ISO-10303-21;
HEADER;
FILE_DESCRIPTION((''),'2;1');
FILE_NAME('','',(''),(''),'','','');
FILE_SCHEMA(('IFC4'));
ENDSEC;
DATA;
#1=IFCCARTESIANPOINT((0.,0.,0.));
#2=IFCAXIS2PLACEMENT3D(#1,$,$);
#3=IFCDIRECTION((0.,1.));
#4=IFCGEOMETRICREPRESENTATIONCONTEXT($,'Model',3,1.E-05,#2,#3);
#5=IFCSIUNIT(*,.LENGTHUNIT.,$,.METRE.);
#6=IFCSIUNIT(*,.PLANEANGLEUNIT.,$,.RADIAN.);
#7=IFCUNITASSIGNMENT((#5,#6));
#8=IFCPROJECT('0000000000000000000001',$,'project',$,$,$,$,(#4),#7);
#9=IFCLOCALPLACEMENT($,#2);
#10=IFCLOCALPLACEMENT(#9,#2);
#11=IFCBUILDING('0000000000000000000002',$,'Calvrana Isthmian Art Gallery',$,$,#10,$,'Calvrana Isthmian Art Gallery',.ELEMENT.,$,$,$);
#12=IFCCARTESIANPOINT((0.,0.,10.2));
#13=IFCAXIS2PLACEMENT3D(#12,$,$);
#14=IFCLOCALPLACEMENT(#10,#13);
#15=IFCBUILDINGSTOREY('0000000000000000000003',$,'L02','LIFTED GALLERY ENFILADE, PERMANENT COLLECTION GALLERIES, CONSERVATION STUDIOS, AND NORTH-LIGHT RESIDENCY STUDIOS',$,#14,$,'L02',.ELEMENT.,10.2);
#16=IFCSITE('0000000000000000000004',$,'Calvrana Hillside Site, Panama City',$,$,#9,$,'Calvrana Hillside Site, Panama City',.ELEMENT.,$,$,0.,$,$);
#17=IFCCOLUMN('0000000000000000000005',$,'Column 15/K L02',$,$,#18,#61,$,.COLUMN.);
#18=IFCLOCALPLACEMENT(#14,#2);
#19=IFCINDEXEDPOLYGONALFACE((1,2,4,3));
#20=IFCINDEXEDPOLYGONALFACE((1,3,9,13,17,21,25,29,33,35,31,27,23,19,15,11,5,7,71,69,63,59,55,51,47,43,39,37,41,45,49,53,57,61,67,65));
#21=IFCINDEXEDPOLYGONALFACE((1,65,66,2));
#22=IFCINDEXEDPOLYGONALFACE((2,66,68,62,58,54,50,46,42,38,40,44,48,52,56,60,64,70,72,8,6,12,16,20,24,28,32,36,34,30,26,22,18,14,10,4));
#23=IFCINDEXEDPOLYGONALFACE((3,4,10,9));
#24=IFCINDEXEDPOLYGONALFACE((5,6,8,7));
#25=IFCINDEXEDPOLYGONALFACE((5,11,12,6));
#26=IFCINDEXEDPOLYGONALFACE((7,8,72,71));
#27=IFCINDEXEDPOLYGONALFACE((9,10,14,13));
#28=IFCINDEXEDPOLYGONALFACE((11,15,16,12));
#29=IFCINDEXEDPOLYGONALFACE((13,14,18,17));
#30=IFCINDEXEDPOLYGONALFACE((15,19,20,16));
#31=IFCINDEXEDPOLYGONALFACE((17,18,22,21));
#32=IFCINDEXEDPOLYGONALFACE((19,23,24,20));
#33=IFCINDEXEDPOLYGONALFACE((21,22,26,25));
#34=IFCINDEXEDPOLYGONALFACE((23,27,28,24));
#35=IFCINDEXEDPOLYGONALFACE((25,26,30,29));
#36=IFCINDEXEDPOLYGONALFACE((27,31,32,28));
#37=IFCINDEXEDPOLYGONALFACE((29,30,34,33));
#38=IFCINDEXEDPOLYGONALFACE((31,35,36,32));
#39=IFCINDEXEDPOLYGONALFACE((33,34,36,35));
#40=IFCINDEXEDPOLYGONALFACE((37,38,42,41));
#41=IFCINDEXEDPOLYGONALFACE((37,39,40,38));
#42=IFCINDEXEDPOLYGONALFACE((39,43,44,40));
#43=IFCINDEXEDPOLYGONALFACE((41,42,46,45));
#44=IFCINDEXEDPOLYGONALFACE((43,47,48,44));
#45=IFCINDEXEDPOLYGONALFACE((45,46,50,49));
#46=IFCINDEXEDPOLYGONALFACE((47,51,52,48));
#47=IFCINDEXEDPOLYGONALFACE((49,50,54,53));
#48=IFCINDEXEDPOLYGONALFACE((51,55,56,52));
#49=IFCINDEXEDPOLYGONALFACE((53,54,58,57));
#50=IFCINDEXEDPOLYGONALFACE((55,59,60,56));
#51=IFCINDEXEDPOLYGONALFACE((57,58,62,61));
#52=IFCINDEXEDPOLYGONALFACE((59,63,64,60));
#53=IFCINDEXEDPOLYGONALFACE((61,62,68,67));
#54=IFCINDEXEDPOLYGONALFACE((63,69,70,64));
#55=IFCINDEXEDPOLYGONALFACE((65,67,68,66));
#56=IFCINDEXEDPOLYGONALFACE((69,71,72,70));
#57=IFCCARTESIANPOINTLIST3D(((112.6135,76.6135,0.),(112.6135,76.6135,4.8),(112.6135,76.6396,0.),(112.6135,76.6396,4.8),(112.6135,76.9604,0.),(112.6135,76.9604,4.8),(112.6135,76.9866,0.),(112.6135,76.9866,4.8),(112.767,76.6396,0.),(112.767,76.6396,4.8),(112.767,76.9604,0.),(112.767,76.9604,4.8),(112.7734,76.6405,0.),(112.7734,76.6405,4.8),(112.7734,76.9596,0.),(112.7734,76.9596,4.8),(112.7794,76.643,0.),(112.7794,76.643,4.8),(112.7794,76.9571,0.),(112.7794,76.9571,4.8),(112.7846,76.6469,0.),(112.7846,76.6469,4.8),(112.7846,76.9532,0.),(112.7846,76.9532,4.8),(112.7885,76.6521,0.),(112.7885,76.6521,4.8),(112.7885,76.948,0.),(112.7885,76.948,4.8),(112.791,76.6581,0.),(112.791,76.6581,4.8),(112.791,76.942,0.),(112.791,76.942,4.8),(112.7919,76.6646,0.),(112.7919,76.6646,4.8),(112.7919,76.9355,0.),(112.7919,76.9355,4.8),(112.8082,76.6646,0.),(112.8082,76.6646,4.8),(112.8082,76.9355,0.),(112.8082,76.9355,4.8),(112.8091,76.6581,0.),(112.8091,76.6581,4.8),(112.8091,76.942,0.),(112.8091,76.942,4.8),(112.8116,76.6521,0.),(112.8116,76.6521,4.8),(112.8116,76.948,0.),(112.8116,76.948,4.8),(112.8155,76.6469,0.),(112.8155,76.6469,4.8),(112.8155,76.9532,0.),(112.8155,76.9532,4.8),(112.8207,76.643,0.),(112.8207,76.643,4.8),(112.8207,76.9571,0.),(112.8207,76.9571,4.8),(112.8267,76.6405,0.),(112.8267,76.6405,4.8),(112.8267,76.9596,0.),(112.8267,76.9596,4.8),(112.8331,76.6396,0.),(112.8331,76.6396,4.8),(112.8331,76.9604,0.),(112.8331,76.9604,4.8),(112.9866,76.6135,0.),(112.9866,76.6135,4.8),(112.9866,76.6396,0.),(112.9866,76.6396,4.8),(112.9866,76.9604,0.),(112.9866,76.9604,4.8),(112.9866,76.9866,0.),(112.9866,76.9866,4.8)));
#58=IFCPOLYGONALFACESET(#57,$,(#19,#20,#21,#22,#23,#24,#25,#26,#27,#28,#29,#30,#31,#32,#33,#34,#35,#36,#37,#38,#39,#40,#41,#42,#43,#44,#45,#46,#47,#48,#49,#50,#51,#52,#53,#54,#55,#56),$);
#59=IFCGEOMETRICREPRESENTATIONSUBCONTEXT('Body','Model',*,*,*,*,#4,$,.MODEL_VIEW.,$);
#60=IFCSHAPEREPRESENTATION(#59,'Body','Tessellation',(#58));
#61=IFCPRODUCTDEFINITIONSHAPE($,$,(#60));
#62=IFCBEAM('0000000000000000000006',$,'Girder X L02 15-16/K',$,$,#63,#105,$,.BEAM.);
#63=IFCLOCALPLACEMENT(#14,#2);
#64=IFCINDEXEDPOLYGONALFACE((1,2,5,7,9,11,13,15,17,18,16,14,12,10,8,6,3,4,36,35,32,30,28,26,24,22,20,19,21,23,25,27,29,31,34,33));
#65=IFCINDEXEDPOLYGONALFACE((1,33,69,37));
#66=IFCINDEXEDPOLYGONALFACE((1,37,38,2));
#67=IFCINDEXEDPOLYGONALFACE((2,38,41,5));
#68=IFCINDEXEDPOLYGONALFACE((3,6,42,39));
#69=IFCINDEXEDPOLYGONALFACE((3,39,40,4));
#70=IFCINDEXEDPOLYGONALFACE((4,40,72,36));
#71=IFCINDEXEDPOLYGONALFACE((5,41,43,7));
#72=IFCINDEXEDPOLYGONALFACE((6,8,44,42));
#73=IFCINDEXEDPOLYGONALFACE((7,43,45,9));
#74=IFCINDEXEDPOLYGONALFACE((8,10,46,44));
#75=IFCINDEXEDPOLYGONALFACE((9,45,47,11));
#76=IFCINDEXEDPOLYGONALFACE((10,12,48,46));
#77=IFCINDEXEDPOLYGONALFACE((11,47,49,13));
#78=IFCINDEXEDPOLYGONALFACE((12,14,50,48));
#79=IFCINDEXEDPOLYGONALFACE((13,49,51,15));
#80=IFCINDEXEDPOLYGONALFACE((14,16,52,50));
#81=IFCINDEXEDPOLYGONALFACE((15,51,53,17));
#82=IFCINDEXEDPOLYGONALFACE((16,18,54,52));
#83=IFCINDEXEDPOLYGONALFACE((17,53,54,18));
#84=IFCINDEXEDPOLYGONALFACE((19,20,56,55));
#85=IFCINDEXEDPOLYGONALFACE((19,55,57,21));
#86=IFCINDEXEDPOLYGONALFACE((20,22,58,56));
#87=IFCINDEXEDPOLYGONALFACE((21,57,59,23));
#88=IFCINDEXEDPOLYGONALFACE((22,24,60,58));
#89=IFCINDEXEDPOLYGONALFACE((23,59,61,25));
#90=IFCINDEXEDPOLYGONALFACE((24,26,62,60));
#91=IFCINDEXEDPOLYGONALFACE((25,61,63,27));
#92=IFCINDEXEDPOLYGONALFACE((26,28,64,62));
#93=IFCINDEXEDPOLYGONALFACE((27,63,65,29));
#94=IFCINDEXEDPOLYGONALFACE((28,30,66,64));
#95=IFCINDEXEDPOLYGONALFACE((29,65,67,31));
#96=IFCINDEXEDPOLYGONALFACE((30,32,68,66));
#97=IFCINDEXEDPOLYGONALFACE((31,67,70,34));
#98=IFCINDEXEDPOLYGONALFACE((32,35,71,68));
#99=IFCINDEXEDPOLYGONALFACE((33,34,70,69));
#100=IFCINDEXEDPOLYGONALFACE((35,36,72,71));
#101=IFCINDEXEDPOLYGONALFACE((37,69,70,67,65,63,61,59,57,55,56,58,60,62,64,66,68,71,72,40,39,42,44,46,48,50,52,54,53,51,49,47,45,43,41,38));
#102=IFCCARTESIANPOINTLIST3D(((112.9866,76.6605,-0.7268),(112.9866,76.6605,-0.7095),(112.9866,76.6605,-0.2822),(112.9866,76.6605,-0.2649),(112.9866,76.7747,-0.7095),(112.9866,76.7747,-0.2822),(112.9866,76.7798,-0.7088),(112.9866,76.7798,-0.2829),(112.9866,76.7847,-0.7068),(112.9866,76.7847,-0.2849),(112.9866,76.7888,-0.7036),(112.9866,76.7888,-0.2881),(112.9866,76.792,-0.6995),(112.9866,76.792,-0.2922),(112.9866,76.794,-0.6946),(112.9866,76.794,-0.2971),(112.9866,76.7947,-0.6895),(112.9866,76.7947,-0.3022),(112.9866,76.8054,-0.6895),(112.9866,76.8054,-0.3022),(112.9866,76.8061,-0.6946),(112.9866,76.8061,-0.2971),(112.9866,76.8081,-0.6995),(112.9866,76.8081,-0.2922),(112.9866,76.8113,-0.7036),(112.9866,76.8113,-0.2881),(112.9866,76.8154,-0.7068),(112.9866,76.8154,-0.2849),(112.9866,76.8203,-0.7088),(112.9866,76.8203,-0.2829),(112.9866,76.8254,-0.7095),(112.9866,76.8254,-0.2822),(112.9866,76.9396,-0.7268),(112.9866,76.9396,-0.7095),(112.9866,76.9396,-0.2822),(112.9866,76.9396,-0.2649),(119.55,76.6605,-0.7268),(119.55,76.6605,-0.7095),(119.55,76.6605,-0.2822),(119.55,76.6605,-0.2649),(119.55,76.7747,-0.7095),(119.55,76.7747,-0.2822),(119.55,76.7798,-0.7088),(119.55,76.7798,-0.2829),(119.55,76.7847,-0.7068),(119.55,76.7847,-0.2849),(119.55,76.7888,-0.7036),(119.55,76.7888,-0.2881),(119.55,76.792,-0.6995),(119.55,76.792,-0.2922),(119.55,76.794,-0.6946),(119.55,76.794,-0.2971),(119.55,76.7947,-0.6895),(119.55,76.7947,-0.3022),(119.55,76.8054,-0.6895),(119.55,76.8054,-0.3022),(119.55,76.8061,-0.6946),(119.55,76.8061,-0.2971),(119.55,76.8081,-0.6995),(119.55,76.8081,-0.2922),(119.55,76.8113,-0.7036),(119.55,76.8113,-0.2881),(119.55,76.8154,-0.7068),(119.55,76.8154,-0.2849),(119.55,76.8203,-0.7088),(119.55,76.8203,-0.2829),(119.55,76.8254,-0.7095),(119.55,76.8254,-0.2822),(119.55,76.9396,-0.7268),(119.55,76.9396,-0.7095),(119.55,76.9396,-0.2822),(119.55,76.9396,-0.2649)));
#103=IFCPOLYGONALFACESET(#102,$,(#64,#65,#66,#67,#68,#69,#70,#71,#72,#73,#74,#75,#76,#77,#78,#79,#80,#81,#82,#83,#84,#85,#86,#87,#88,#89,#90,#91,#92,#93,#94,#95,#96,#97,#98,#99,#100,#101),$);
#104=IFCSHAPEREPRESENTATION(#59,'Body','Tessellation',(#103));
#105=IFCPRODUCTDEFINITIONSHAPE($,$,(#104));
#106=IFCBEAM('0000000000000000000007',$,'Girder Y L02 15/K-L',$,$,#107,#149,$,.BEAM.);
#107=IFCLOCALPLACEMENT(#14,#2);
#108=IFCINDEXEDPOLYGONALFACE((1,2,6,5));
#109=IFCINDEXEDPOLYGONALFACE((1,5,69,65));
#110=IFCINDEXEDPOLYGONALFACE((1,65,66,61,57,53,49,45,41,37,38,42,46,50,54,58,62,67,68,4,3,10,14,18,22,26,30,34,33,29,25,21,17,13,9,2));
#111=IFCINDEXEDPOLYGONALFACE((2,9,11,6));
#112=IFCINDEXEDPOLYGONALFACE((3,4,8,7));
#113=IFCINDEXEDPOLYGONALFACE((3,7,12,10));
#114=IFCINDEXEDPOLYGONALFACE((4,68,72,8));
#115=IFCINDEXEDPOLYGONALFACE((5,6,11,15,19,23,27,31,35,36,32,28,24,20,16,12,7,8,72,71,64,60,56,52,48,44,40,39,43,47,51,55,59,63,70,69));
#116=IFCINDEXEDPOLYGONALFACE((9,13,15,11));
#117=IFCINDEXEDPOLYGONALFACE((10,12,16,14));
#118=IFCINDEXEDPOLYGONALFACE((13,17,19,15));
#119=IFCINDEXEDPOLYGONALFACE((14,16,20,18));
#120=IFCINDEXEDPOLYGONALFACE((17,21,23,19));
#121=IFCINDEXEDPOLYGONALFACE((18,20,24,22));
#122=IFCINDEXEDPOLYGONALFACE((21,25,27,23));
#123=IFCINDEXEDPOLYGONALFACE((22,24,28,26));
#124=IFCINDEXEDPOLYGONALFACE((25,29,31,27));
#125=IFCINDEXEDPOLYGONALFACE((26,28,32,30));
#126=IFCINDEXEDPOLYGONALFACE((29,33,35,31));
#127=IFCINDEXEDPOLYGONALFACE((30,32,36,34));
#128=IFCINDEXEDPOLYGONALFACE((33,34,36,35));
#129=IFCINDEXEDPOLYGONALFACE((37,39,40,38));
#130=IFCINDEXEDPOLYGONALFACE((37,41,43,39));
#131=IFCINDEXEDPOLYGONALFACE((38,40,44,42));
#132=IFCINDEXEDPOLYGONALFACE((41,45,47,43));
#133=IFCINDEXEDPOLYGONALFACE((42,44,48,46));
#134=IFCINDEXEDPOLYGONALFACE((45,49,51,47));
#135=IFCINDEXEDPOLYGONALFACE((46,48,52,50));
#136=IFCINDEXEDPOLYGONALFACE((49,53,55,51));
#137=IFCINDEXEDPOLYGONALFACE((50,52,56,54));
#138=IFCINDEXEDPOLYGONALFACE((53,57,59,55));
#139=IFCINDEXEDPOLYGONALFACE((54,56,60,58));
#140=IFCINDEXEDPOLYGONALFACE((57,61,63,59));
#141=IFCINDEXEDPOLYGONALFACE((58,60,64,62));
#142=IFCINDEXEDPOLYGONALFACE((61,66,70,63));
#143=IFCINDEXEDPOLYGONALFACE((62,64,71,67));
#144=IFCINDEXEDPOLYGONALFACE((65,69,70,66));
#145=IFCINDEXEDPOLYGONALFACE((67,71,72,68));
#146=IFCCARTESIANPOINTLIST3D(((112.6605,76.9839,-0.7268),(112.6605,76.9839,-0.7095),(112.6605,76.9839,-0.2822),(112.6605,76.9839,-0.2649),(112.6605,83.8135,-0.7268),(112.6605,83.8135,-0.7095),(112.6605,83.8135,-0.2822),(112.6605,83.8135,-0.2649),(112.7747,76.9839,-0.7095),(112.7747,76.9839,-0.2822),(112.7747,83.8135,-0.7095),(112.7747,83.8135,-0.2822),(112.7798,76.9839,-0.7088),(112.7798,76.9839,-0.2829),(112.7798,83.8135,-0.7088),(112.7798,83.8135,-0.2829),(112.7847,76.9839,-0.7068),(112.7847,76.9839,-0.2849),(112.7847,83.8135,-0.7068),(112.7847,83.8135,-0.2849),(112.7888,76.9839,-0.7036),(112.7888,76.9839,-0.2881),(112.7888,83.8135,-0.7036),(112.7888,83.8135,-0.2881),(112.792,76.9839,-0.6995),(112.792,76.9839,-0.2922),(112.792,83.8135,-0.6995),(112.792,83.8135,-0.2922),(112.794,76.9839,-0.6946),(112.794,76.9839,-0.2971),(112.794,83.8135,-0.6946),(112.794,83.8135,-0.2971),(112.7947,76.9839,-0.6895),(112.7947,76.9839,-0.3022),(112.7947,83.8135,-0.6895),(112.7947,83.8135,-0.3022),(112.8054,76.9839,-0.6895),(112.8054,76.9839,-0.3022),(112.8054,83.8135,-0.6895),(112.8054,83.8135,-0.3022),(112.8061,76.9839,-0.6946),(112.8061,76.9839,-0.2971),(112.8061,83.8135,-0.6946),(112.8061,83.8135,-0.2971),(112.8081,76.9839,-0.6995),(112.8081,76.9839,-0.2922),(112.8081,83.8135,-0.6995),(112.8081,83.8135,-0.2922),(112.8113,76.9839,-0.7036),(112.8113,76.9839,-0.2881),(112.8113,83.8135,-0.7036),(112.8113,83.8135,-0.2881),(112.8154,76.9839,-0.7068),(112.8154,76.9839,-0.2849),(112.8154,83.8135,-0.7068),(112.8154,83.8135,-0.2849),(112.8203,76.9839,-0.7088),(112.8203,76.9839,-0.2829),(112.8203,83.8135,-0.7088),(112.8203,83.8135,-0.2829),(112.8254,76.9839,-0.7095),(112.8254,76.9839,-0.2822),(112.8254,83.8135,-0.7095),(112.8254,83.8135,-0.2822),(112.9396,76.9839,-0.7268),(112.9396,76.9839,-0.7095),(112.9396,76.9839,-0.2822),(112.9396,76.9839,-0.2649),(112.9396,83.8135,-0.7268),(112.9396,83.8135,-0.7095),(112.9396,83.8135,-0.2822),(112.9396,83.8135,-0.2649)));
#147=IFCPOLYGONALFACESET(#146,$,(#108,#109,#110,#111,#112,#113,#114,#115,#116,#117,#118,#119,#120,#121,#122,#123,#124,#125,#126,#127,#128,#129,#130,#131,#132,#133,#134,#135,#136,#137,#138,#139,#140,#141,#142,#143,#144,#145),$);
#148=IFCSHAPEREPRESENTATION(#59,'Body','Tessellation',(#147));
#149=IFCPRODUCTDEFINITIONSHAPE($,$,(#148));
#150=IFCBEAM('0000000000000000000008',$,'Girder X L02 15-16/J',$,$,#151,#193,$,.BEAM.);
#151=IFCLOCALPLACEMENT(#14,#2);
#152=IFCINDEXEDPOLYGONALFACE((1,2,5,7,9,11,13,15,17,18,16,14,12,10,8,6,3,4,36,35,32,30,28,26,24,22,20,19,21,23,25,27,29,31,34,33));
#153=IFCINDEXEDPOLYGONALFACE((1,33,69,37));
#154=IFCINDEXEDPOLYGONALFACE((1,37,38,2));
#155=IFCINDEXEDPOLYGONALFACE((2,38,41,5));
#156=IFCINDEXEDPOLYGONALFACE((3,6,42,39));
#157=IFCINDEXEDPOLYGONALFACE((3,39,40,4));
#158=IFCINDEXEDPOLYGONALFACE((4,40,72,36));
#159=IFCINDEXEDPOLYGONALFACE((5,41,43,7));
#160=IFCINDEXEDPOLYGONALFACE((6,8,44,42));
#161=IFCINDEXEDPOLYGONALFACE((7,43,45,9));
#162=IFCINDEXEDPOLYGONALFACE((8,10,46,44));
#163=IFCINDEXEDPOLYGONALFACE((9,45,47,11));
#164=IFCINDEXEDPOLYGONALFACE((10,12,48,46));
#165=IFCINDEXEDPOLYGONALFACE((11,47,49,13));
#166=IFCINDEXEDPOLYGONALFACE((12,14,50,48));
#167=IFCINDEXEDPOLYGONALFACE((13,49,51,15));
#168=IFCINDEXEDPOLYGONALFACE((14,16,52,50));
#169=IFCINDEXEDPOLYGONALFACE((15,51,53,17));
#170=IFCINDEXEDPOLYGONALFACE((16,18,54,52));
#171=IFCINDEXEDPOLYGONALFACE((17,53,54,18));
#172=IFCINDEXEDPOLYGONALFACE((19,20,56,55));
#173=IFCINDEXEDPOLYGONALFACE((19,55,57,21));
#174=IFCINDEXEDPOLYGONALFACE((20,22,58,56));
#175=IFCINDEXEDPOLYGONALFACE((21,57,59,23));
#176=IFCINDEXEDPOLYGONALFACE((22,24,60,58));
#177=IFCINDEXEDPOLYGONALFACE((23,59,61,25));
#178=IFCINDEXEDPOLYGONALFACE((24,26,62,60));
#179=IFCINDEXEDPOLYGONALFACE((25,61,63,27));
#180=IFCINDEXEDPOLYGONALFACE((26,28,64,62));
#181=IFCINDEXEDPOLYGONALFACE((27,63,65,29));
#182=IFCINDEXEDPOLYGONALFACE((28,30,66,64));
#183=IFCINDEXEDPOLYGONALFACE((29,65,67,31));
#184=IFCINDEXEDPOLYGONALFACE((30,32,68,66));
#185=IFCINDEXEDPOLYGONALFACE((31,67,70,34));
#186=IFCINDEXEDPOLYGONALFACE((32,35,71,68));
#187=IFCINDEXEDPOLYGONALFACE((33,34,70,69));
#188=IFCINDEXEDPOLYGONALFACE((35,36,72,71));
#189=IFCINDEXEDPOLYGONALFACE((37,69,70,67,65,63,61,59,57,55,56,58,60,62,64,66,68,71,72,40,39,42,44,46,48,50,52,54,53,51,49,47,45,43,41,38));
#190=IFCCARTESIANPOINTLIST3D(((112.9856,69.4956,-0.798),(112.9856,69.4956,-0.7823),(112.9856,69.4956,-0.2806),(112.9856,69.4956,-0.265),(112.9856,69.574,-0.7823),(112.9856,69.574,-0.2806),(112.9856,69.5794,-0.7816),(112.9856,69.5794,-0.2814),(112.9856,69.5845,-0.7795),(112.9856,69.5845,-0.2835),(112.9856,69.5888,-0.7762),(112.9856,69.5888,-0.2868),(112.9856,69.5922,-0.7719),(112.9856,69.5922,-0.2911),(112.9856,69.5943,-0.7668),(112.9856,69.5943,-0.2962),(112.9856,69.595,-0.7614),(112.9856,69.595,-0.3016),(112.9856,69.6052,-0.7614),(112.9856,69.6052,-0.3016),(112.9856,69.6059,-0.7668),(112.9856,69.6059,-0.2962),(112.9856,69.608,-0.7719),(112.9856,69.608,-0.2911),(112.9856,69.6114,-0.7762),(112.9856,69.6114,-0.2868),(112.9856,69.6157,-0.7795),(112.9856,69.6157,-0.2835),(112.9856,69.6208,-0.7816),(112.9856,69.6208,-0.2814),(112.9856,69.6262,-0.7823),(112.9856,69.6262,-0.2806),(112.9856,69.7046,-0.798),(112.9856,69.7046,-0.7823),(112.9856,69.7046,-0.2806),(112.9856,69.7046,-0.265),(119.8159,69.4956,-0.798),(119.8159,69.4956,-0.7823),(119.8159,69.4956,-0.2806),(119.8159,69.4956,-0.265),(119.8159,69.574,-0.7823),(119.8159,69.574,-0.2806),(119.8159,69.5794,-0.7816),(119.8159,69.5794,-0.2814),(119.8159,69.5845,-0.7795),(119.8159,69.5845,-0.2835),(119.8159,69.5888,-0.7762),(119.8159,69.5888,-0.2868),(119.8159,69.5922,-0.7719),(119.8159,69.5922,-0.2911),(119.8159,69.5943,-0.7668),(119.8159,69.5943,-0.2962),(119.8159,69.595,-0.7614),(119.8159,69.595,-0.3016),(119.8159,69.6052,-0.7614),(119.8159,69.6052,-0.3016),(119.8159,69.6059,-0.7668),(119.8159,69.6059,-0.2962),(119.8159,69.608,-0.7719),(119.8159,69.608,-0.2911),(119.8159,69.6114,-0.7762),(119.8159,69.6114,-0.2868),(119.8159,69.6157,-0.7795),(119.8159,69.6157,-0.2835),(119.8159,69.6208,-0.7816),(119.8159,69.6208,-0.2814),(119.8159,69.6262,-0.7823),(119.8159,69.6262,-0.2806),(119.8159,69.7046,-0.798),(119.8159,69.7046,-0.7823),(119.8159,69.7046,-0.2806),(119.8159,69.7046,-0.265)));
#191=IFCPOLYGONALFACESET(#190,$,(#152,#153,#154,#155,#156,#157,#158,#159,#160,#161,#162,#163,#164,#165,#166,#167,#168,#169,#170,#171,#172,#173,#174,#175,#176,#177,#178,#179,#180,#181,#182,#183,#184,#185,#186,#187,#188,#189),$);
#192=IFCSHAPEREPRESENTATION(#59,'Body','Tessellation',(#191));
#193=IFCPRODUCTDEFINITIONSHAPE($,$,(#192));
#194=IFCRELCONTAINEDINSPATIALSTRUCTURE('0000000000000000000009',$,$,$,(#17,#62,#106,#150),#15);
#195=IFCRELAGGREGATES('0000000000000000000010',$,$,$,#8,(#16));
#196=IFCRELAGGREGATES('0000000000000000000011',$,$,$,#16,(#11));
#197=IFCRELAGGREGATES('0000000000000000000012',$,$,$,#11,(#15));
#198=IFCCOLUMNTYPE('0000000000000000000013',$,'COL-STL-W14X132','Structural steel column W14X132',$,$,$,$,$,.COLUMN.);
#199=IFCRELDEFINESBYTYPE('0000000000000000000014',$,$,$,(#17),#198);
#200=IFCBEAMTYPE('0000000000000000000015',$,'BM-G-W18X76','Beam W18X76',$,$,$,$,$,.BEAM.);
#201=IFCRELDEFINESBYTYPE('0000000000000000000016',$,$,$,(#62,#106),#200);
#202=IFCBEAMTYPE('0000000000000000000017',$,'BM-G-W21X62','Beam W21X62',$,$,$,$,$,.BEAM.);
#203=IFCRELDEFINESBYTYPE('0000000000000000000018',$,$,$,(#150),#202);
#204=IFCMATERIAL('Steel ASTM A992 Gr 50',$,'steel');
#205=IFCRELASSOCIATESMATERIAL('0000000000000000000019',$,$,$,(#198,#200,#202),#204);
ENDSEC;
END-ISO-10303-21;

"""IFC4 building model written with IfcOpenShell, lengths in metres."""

from ifc_helpers import new_model, si_unit, direction, frame, origin, origin_2d, place, context, subcontext, project, spatial, i_section, extrude, material, material_profile, profile_set, type_object, element, save


model = new_model("IFC4")

# Units and contexts
model_context = context("Model", 3, precision=1e-05, world=origin(), true_north=direction((0.0, 1.0)))
body_context = subcontext(model_context, "Body", "Model", "MODEL_VIEW")
ifc_project = project(units=[si_unit("LENGTHUNIT", "METRE"), si_unit("PLANEANGLEUNIT", "RADIAN")], contexts=[model_context])

# Site, building, storey
site_placement = place(None, origin())
site = spatial("IfcSite", under=ifc_project, at=site_placement, Name="Calvrana Hillside Site, Panama City", LongName="Calvrana Hillside Site, Panama City", CompositionType="ELEMENT", RefElevation=0.0)
building_placement = place(site_placement, origin())
building = spatial("IfcBuilding", under=site, at=building_placement, Name="Calvrana Isthmian Art Gallery", LongName="Calvrana Isthmian Art Gallery", CompositionType="ELEMENT")
storey_placement = place(building_placement, frame((0.0, 0.0, 10.2)))
storey = spatial("IfcBuildingStorey", under=building, at=storey_placement, Name="L02", Description="LIFTED GALLERY ENFILADE, PERMANENT COLLECTION GALLERIES, CONSERVATION STUDIOS, AND NORTH-LIGHT RESIDENCY STUDIOS", LongName="L02", CompositionType="ELEMENT", Elevation=10.2)

# Column
ifc_material_1 = material(Name="Steel ASTM A992 Gr 50", Category="steel")
ifc_material_profile_1 = material_profile(ifc_material_1, i_section(OverallWidth=0.373, OverallDepth=0.373, WebThickness=0.0164, FlangeThickness=0.0261, FilletRadius=0.0249, at=origin_2d()), Name="W14X132")
ifc_profile_set_1 = profile_set([ifc_material_profile_1], Name="Steel ASTM A992 Gr 50")
column_type = type_object("IfcColumnType", Name="COL-STL-W14X132", Description="Structural steel column W14X132", PredefinedType="COLUMN", material=ifc_profile_set_1)
column_placement = place(storey_placement, frame((112.8, 76.8, 0.0), z_axis=(0.0, 0.0, 1.0), x_axis=(1.0, 0.0, 0.0)))
element("IfcColumn", 1, at=column_placement, inside=storey, type_object=column_type, Name="Column 15/K L02", PredefinedType="COLUMN", context=body_context, shape_type="SweptSolid", body=[
    extrude(i_section(OverallWidth=0.373, OverallDepth=0.373, WebThickness=0.0164, FlangeThickness=0.0261, FilletRadius=0.0249, at=origin_2d()), origin(), (0.0, 0.0, 1.0), 4.8),
])

# Beams
ifc_material_profile_2 = material_profile(ifc_material_1, i_section(OverallWidth=0.2791, OverallDepth=0.4619, WebThickness=0.0107, FlangeThickness=0.0173, FilletRadius=0.02, at=origin_2d()), Name="W18X76")
ifc_profile_set_2 = profile_set([ifc_material_profile_2], Name="Steel ASTM A992 Gr 50")
beam_type_1 = type_object("IfcBeamType", Name="BM-G-W18X76", Description="Beam W18X76", PredefinedType="BEAM", material=ifc_profile_set_2)
beam_1_placement = place(storey_placement, frame((112.9866, 76.8, -0.4958), z_axis=(1.0, 0.0, 0.0), x_axis=(0.0, 1.0, 0.0)))
element("IfcBeam", 2, at=beam_1_placement, inside=storey, type_object=beam_type_1, Name="Girder X L02 15-16/K", PredefinedType="BEAM", context=body_context, shape_type="SweptSolid", body=[
    extrude(i_section(OverallWidth=0.2791, OverallDepth=0.4619, WebThickness=0.0107, FlangeThickness=0.0173, FilletRadius=0.02, at=origin_2d()), origin(), (0.0, 0.0, 1.0), 6.5635),
])
beam_2_placement = place(storey_placement, frame((112.8, 76.9839, -0.4958), z_axis=(0.0, 1.0, 0.0), x_axis=(-1.0, 0.0, 0.0)))
element("IfcBeam", 3, at=beam_2_placement, inside=storey, type_object=beam_type_1, Name="Girder Y L02 15/K-L", PredefinedType="BEAM", context=body_context, shape_type="SweptSolid", body=[
    extrude(i_section(OverallWidth=0.2791, OverallDepth=0.4619, WebThickness=0.0107, FlangeThickness=0.0173, FilletRadius=0.02, at=origin_2d()), origin(), (0.0, 0.0, 1.0), 6.8296),
])
ifc_material_profile_3 = material_profile(ifc_material_1, i_section(OverallWidth=0.209, OverallDepth=0.533, WebThickness=0.0103, FlangeThickness=0.0156, FilletRadius=0.021, at=origin_2d()), Name="W21X62")
ifc_profile_set_3 = profile_set([ifc_material_profile_3], Name="Steel ASTM A992 Gr 50")
beam_type_2 = type_object("IfcBeamType", Name="BM-G-W21X62", Description="Beam W21X62", PredefinedType="BEAM", material=ifc_profile_set_3)
beam_3_placement = place(storey_placement, frame((112.9856, 69.6001, -0.5315), z_axis=(1.0, 0.0, 0.0), x_axis=(0.0, 1.0, 0.0)))
element("IfcBeam", 4, at=beam_3_placement, inside=storey, type_object=beam_type_2, Name="Girder X L02 15-16/J", PredefinedType="BEAM", context=body_context, shape_type="SweptSolid", body=[
    extrude(i_section(OverallWidth=0.209, OverallDepth=0.533, WebThickness=0.0103, FlangeThickness=0.0156, FilletRadius=0.021, at=origin_2d()), origin(), (0.0, 0.0, 1.0), 6.8303),
])

save(model, "model.ifc")
